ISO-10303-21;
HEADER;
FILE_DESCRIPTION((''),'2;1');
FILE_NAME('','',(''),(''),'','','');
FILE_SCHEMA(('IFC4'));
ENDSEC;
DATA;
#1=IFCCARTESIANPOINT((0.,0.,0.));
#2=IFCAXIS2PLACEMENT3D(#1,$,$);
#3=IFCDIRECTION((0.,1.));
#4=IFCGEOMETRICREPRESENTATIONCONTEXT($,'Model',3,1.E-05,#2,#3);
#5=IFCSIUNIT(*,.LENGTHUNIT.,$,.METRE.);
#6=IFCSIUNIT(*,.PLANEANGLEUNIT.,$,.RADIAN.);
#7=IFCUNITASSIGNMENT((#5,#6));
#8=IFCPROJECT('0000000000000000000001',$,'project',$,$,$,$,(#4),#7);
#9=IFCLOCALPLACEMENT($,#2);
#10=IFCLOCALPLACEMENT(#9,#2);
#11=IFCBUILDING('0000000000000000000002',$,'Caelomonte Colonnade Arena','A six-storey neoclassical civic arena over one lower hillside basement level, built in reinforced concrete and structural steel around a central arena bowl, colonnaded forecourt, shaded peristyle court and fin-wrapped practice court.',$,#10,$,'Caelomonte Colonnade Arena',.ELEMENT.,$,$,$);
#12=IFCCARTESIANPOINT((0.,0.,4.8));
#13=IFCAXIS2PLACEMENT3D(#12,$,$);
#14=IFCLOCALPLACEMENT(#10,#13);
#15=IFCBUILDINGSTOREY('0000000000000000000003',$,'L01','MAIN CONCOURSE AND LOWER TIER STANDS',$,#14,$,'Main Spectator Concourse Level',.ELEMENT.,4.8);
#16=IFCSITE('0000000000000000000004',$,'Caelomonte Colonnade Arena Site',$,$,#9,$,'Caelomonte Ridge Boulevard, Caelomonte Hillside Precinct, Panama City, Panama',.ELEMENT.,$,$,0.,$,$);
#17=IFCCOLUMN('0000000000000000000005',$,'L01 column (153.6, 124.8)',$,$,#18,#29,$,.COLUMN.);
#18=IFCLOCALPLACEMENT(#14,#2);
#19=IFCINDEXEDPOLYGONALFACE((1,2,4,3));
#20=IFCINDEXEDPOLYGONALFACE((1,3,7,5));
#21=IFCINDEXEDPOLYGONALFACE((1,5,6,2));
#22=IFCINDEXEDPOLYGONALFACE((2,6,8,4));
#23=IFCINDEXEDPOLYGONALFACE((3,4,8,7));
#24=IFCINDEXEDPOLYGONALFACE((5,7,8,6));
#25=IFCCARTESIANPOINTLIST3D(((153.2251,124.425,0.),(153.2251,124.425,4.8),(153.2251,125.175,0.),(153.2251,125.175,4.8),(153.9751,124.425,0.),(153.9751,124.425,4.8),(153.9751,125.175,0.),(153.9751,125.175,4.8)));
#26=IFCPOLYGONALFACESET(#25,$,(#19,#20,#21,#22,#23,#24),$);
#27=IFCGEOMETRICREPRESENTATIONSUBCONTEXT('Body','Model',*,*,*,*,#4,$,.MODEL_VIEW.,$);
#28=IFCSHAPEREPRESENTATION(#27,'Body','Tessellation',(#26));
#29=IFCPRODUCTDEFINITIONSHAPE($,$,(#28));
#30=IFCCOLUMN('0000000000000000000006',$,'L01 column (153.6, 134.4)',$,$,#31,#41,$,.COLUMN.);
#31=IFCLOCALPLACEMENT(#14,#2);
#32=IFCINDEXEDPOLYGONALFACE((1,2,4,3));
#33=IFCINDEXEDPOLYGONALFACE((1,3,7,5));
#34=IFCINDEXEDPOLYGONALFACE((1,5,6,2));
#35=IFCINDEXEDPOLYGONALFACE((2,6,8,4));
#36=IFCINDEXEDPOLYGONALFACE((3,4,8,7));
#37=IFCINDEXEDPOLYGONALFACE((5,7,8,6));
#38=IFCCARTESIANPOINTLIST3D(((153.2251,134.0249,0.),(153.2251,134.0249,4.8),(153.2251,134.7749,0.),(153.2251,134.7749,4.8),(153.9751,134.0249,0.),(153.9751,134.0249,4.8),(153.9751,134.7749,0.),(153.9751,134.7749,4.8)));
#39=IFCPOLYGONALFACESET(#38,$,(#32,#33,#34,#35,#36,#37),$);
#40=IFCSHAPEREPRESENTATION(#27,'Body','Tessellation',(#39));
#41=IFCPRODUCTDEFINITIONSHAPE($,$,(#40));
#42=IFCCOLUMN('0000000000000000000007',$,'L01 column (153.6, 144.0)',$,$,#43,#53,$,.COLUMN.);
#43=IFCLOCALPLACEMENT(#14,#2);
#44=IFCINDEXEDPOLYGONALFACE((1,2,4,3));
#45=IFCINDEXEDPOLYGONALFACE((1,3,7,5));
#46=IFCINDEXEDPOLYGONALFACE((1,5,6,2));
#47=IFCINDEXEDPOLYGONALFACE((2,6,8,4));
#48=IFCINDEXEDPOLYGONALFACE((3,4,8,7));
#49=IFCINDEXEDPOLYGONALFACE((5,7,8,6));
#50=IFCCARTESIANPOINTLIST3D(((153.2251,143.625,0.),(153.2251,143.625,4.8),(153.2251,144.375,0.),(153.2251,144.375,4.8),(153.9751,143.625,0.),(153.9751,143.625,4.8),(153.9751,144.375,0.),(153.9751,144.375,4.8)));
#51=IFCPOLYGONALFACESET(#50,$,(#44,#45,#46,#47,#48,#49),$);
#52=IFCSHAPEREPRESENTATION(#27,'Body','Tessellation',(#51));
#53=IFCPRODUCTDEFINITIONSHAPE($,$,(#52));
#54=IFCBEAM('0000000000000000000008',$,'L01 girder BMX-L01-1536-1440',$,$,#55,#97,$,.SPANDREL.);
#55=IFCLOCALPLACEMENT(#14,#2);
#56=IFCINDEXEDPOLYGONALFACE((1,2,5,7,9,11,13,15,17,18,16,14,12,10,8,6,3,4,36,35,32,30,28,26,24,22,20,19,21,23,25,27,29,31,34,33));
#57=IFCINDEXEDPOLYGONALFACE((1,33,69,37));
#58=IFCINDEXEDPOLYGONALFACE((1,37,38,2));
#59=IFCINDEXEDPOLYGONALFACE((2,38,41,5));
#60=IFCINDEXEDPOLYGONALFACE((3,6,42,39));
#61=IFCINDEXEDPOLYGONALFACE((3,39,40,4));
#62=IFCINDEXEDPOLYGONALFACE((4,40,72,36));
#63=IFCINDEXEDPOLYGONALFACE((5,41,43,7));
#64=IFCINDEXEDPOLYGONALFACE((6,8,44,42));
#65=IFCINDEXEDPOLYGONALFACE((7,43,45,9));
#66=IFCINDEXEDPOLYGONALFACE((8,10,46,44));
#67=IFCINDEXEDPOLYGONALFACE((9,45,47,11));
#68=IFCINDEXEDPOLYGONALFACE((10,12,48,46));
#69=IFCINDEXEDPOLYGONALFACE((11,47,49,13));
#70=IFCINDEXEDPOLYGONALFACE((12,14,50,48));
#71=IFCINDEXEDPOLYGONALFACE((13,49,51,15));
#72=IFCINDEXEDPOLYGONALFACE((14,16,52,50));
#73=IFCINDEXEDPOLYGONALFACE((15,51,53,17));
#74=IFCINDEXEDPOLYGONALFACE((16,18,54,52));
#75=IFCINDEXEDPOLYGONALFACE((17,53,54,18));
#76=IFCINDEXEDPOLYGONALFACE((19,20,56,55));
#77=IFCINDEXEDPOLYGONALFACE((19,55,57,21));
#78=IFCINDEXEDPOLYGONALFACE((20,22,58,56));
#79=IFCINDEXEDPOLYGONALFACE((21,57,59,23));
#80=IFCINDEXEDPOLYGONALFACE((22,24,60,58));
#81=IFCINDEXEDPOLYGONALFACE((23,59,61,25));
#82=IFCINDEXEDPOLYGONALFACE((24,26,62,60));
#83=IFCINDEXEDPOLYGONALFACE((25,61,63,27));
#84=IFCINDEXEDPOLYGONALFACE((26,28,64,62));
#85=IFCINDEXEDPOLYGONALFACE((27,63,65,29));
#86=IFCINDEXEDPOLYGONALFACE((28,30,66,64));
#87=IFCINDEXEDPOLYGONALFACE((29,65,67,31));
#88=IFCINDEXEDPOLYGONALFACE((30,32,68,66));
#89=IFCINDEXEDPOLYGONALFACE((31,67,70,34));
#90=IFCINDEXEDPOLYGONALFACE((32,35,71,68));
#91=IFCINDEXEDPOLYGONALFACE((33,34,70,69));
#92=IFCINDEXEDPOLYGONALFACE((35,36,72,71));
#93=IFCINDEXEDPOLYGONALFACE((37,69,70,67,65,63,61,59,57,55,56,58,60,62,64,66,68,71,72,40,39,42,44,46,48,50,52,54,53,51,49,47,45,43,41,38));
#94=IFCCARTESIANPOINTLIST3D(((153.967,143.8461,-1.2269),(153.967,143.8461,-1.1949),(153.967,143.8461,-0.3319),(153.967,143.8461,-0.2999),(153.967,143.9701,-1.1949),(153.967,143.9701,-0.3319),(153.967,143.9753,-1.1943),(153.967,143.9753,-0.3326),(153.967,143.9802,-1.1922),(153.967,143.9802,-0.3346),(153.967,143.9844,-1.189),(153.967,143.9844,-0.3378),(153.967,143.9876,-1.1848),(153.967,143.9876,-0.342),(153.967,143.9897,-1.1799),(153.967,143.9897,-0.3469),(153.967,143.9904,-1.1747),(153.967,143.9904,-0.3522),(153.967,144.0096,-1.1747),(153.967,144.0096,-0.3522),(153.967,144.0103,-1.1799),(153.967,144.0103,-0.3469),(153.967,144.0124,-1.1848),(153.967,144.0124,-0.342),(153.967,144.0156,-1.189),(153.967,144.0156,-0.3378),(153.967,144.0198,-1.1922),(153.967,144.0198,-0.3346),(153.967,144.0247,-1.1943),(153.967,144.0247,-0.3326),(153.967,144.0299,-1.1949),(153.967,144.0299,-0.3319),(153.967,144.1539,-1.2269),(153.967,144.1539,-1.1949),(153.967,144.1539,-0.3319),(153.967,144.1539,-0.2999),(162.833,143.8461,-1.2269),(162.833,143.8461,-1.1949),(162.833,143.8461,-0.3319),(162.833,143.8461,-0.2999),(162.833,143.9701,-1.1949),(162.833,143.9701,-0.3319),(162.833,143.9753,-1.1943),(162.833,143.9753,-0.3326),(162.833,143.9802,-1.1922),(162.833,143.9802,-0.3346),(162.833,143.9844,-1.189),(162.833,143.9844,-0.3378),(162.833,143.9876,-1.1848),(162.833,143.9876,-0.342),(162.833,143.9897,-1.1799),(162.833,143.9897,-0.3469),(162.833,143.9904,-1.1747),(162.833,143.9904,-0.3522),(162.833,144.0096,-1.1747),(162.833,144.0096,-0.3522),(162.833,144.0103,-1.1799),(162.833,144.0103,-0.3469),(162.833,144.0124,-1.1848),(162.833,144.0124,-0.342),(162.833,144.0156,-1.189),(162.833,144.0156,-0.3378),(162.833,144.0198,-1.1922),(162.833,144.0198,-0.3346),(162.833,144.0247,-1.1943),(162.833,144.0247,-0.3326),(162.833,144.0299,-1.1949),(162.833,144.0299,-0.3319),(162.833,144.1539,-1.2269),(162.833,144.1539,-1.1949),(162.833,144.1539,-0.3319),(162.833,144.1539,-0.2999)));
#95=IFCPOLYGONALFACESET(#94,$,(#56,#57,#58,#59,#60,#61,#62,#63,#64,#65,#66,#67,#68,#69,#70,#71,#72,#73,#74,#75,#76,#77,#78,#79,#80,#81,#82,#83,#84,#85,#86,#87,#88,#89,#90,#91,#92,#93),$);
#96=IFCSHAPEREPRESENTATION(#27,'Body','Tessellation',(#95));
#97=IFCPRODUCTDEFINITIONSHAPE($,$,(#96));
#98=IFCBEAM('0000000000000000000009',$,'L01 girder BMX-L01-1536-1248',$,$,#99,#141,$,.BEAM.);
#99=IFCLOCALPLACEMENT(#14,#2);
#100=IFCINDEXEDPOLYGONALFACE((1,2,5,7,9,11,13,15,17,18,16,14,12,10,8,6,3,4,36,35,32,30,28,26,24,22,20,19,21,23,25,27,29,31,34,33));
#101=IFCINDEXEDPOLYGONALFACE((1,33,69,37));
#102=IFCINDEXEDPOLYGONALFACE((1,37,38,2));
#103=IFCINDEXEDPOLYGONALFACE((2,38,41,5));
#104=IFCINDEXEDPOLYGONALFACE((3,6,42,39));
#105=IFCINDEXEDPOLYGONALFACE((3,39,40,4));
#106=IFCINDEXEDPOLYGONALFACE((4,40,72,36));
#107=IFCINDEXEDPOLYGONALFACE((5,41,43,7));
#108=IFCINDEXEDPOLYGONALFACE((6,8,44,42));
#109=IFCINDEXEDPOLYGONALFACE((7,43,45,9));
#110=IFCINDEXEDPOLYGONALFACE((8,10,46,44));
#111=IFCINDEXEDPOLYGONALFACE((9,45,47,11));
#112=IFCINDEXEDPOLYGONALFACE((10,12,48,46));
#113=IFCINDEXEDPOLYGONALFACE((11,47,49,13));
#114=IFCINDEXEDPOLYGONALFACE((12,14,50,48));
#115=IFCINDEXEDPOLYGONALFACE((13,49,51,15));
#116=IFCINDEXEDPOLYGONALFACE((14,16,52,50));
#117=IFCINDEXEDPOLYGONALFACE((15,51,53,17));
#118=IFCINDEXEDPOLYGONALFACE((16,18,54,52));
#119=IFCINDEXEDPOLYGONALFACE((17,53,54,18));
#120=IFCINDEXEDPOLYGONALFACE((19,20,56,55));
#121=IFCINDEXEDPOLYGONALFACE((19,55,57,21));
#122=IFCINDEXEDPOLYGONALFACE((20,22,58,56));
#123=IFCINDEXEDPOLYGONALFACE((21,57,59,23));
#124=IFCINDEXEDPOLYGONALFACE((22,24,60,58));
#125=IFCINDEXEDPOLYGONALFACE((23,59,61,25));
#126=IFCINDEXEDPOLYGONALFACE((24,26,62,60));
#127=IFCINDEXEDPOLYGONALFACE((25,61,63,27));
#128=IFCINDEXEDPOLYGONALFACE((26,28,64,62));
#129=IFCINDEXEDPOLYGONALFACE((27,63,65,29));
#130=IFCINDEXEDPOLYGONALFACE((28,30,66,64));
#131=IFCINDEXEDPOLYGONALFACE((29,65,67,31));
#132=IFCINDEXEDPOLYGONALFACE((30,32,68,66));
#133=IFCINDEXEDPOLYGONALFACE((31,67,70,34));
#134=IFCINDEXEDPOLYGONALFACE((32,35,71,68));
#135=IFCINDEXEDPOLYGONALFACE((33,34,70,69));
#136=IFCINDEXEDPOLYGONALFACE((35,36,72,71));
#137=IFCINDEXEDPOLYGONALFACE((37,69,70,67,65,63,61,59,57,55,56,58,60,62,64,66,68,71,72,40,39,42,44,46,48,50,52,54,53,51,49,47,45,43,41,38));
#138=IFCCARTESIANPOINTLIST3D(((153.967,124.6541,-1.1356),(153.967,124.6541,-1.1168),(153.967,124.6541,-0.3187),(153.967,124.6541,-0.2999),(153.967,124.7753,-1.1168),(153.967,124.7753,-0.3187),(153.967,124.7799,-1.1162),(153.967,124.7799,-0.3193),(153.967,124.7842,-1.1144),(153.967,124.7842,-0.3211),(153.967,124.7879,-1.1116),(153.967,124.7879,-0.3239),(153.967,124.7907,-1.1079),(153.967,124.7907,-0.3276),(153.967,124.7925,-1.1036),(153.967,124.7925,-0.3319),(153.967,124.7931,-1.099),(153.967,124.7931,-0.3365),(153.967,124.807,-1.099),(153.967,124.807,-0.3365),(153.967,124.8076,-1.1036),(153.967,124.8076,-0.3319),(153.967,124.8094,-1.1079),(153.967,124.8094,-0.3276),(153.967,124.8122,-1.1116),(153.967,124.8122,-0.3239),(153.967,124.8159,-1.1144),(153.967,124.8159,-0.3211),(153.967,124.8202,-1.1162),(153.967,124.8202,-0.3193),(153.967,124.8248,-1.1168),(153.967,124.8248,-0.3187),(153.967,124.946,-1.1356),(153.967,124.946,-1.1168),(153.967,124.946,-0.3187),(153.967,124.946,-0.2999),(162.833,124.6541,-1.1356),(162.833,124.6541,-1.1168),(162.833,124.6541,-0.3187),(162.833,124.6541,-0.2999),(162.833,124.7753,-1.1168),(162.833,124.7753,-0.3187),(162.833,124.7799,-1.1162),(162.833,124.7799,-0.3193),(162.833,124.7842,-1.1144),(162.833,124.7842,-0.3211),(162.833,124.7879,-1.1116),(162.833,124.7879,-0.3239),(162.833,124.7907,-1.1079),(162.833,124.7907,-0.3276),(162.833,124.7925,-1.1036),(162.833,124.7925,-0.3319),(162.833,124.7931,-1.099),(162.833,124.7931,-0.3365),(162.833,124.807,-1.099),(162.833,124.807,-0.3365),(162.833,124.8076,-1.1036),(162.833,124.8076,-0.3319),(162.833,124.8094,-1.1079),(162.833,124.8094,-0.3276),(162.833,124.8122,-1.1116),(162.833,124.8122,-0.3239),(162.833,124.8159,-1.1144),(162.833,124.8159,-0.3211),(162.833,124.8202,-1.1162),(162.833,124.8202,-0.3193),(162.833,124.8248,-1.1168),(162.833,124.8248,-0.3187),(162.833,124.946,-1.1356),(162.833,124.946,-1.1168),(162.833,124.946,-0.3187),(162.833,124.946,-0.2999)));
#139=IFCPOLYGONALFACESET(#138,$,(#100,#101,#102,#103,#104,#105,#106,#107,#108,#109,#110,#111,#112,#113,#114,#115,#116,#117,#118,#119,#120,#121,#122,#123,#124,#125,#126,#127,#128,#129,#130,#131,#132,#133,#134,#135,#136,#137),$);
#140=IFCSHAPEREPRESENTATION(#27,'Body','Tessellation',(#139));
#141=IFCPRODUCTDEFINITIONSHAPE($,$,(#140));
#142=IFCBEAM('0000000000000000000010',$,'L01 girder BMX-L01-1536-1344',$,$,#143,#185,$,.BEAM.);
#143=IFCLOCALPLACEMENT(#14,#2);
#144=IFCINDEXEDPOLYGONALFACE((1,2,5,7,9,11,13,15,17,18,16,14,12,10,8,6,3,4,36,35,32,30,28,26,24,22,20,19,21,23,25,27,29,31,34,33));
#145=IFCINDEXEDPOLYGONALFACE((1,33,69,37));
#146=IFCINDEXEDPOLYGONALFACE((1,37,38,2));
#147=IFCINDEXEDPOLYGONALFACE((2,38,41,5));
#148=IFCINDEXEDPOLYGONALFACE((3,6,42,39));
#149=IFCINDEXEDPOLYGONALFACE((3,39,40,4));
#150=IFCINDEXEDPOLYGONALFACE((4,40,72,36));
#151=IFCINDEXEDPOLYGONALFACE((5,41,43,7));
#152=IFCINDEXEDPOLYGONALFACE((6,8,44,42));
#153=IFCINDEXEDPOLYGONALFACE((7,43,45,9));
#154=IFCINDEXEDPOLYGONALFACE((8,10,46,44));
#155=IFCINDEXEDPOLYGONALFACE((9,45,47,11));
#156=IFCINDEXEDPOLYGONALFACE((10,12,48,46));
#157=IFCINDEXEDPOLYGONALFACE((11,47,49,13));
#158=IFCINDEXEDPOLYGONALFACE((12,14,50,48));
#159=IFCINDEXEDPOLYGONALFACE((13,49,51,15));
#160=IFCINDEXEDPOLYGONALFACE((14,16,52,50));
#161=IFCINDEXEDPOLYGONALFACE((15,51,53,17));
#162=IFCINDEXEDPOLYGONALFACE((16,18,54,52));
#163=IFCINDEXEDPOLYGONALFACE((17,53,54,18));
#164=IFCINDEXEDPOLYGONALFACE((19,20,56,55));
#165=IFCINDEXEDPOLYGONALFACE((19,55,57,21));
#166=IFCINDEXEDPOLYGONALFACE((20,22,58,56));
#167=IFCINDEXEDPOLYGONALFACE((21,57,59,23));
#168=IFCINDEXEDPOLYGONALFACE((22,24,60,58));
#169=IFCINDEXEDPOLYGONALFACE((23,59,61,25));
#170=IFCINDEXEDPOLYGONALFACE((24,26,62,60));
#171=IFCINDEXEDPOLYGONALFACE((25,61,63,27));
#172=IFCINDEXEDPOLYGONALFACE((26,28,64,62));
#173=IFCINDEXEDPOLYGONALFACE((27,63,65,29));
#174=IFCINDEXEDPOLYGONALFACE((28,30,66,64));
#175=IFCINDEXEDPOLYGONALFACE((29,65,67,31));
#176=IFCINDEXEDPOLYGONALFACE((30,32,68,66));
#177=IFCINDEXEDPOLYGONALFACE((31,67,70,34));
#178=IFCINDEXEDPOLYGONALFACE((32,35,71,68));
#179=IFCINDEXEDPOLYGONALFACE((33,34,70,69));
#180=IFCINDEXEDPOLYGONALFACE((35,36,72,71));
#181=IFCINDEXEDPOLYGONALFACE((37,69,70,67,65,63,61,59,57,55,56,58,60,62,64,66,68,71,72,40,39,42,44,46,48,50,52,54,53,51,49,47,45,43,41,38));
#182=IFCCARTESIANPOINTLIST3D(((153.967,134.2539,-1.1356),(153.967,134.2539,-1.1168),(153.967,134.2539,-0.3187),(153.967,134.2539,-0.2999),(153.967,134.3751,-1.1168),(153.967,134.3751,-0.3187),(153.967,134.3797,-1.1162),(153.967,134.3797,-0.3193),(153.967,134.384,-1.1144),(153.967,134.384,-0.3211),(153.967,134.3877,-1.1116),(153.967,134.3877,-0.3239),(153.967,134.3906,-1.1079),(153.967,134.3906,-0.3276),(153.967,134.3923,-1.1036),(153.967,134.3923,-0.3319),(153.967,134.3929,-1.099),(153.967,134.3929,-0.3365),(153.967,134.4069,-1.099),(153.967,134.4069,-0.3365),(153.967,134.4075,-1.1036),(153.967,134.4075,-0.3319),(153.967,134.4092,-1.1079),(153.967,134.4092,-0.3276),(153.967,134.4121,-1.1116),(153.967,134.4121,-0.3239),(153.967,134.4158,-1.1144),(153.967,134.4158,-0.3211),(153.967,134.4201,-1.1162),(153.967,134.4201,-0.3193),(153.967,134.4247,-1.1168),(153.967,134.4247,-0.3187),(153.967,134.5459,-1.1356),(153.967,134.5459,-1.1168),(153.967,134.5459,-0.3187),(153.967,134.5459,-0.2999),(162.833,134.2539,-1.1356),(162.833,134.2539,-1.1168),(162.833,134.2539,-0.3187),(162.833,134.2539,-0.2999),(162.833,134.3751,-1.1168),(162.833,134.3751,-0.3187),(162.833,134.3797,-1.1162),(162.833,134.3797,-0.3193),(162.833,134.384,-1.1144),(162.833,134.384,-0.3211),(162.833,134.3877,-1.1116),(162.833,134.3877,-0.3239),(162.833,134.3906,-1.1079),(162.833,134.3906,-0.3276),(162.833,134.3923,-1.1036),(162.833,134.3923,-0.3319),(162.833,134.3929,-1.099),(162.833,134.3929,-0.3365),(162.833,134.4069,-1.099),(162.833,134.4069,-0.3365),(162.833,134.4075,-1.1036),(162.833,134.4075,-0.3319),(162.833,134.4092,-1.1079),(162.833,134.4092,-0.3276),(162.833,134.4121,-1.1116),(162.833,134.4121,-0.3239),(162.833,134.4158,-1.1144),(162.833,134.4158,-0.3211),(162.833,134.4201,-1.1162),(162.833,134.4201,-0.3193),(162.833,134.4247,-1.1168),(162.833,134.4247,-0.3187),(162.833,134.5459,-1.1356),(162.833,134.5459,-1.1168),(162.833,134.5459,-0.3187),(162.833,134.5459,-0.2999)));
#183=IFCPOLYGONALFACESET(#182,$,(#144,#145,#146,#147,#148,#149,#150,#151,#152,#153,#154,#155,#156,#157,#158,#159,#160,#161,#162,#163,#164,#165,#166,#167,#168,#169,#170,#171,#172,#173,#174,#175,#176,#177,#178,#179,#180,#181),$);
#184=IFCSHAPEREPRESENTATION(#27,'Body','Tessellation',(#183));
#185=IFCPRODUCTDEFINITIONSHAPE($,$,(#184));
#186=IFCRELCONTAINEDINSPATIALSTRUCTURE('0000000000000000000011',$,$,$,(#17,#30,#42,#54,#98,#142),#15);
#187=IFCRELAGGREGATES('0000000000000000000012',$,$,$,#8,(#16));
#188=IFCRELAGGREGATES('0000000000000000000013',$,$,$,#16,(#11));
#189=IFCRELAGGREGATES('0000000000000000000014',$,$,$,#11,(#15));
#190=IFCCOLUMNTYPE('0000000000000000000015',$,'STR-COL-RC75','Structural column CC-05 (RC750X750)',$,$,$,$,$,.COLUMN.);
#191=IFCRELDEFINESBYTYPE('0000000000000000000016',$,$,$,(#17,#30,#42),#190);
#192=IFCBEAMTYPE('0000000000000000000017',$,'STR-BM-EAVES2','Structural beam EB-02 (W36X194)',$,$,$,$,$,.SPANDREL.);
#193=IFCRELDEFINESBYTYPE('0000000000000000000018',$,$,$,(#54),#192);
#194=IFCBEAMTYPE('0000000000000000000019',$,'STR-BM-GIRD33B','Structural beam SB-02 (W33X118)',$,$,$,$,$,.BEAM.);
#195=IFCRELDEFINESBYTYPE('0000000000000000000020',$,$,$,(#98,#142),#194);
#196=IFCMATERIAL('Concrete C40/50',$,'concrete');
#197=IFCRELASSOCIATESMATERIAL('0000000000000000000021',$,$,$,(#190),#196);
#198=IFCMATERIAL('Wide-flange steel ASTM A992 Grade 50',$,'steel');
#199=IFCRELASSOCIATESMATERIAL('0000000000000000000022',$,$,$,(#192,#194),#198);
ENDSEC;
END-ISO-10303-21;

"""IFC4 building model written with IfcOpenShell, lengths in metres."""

from ifc_helpers import new_model, si_unit, direction, frame, origin, origin_2d, place, context, subcontext, project, spatial, rectangle, i_section, extrude, material, material_profile, profile_set, type_object, element, save


model = new_model("IFC4")

# Units and contexts
model_context = context("Model", 3, precision=1e-05, world=origin(), true_north=direction((0.0, 1.0)))
body_context = subcontext(model_context, "Body", "Model", "MODEL_VIEW")
ifc_project = project(units=[si_unit("LENGTHUNIT", "METRE"), si_unit("PLANEANGLEUNIT", "RADIAN")], contexts=[model_context])

# Site, building, storey
site_placement = place(None, origin())
site = spatial("IfcSite", under=ifc_project, at=site_placement, Name="Caelomonte Colonnade Arena Site", LongName="Caelomonte Ridge Boulevard, Caelomonte Hillside Precinct, Panama City, Panama", CompositionType="ELEMENT", RefElevation=0.0)
building_placement = place(site_placement, origin())
building = spatial("IfcBuilding", under=site, at=building_placement, Name="Caelomonte Colonnade Arena", Description="A six-storey neoclassical civic arena over one lower hillside basement level, built in reinforced concrete and structural steel around a central arena bowl, colonnaded forecourt, shaded peristyle court and fin-wrapped practice court.", LongName="Caelomonte Colonnade Arena", CompositionType="ELEMENT")
storey_placement = place(building_placement, frame((0.0, 0.0, 4.8)))
storey = spatial("IfcBuildingStorey", under=building, at=storey_placement, Name="L01", Description="MAIN CONCOURSE AND LOWER TIER STANDS", LongName="Main Spectator Concourse Level", CompositionType="ELEMENT", Elevation=4.8)

# Columns
ifc_material_1 = material(Name="Concrete C40/50", Category="concrete")
ifc_material_profile_1 = material_profile(ifc_material_1, rectangle(XDim=0.75, YDim=0.75, at=origin_2d()), Name="RC750X750")
ifc_profile_set_1 = profile_set([ifc_material_profile_1], Name="Concrete C40/50")
column_type = type_object("IfcColumnType", Name="STR-COL-RC75", Description="Structural column CC-05 (RC750X750)", PredefinedType="COLUMN", material=ifc_profile_set_1)
for number, where, z_axis, x_axis, name in (
    (1, (153.6001, 124.8, 0.0), (0.0, 0.0, 1.0), (1.0, 0.0, 0.0), "L01 column (153.6, 124.8)"),
    (2, (153.6001, 134.3999, 0.0), (0.0, 0.0, 1.0), (1.0, 0.0, 0.0), "L01 column (153.6, 134.4)"),
    (3, (153.6001, 144.0, 0.0), (0.0, 0.0, 1.0), (1.0, 0.0, 0.0), "L01 column (153.6, 144.0)"),
):
    element("IfcColumn", number, at=place(storey_placement, frame(where, z_axis=z_axis, x_axis=x_axis)), inside=storey, type_object=column_type, Name=name, PredefinedType="COLUMN", context=body_context, shape_type="SweptSolid", body=[
        extrude(rectangle(XDim=0.75, YDim=0.75, at=origin_2d()), origin(), (0.0, 0.0, 1.0), 4.8),
    ])

# Beams
ifc_material_2 = material(Name="Wide-flange steel ASTM A992 Grade 50", Category="steel")
ifc_material_profile_2 = material_profile(ifc_material_2, i_section(OverallWidth=0.3079, OverallDepth=0.927, WebThickness=0.0193, FlangeThickness=0.032, FilletRadius=0.0203, at=origin_2d()), Name="W36X194")
ifc_profile_set_2 = profile_set([ifc_material_profile_2], Name="Wide-flange steel ASTM A992 Grade 50")
beam_type_1 = type_object("IfcBeamType", Name="STR-BM-EAVES2", Description="Structural beam EB-02 (W36X194)", PredefinedType="SPANDREL", material=ifc_profile_set_2)
beam_placement = place(storey_placement, frame((153.967, 144.0, -0.7634), z_axis=(1.0, 0.0, 0.0), x_axis=(0.0, 1.0, 0.0)))
element("IfcBeam", 4, at=beam_placement, inside=storey, type_object=beam_type_1, Name="L01 girder BMX-L01-1536-1440", PredefinedType="SPANDREL", context=body_context, shape_type="SweptSolid", body=[
    extrude(i_section(OverallWidth=0.3079, OverallDepth=0.927, WebThickness=0.0193, FlangeThickness=0.032, FilletRadius=0.0203, at=origin_2d()), origin(), (0.0, 0.0, 1.0), 8.866),
])
ifc_material_profile_3 = material_profile(ifc_material_2, i_section(OverallWidth=0.292, OverallDepth=0.8357, WebThickness=0.0139, FlangeThickness=0.0188, FilletRadius=0.0178, at=origin_2d()), Name="W33X118")
ifc_profile_set_3 = profile_set([ifc_material_profile_3], Name="Wide-flange steel ASTM A992 Grade 50")
beam_type_2 = type_object("IfcBeamType", Name="STR-BM-GIRD33B", Description="Structural beam SB-02 (W33X118)", PredefinedType="BEAM", material=ifc_profile_set_3)
for number, where, z_axis, x_axis, name in (
    (5, (153.967, 124.8, -0.7178), (1.0, 0.0, 0.0), (0.0, 1.0, 0.0), "L01 girder BMX-L01-1536-1248"),
    (6, (153.967, 134.3999, -0.7178), (1.0, 0.0, 0.0), (0.0, 1.0, 0.0), "L01 girder BMX-L01-1536-1344"),
):
    element("IfcBeam", number, at=place(storey_placement, frame(where, z_axis=z_axis, x_axis=x_axis)), inside=storey, type_object=beam_type_2, Name=name, PredefinedType="BEAM", context=body_context, shape_type="SweptSolid", body=[
        extrude(i_section(OverallWidth=0.292, OverallDepth=0.8357, WebThickness=0.0139, FlangeThickness=0.0188, FilletRadius=0.0178, at=origin_2d()), origin(), (0.0, 0.0, 1.0), 8.866),
    ])

save(model, "model.ifc")
